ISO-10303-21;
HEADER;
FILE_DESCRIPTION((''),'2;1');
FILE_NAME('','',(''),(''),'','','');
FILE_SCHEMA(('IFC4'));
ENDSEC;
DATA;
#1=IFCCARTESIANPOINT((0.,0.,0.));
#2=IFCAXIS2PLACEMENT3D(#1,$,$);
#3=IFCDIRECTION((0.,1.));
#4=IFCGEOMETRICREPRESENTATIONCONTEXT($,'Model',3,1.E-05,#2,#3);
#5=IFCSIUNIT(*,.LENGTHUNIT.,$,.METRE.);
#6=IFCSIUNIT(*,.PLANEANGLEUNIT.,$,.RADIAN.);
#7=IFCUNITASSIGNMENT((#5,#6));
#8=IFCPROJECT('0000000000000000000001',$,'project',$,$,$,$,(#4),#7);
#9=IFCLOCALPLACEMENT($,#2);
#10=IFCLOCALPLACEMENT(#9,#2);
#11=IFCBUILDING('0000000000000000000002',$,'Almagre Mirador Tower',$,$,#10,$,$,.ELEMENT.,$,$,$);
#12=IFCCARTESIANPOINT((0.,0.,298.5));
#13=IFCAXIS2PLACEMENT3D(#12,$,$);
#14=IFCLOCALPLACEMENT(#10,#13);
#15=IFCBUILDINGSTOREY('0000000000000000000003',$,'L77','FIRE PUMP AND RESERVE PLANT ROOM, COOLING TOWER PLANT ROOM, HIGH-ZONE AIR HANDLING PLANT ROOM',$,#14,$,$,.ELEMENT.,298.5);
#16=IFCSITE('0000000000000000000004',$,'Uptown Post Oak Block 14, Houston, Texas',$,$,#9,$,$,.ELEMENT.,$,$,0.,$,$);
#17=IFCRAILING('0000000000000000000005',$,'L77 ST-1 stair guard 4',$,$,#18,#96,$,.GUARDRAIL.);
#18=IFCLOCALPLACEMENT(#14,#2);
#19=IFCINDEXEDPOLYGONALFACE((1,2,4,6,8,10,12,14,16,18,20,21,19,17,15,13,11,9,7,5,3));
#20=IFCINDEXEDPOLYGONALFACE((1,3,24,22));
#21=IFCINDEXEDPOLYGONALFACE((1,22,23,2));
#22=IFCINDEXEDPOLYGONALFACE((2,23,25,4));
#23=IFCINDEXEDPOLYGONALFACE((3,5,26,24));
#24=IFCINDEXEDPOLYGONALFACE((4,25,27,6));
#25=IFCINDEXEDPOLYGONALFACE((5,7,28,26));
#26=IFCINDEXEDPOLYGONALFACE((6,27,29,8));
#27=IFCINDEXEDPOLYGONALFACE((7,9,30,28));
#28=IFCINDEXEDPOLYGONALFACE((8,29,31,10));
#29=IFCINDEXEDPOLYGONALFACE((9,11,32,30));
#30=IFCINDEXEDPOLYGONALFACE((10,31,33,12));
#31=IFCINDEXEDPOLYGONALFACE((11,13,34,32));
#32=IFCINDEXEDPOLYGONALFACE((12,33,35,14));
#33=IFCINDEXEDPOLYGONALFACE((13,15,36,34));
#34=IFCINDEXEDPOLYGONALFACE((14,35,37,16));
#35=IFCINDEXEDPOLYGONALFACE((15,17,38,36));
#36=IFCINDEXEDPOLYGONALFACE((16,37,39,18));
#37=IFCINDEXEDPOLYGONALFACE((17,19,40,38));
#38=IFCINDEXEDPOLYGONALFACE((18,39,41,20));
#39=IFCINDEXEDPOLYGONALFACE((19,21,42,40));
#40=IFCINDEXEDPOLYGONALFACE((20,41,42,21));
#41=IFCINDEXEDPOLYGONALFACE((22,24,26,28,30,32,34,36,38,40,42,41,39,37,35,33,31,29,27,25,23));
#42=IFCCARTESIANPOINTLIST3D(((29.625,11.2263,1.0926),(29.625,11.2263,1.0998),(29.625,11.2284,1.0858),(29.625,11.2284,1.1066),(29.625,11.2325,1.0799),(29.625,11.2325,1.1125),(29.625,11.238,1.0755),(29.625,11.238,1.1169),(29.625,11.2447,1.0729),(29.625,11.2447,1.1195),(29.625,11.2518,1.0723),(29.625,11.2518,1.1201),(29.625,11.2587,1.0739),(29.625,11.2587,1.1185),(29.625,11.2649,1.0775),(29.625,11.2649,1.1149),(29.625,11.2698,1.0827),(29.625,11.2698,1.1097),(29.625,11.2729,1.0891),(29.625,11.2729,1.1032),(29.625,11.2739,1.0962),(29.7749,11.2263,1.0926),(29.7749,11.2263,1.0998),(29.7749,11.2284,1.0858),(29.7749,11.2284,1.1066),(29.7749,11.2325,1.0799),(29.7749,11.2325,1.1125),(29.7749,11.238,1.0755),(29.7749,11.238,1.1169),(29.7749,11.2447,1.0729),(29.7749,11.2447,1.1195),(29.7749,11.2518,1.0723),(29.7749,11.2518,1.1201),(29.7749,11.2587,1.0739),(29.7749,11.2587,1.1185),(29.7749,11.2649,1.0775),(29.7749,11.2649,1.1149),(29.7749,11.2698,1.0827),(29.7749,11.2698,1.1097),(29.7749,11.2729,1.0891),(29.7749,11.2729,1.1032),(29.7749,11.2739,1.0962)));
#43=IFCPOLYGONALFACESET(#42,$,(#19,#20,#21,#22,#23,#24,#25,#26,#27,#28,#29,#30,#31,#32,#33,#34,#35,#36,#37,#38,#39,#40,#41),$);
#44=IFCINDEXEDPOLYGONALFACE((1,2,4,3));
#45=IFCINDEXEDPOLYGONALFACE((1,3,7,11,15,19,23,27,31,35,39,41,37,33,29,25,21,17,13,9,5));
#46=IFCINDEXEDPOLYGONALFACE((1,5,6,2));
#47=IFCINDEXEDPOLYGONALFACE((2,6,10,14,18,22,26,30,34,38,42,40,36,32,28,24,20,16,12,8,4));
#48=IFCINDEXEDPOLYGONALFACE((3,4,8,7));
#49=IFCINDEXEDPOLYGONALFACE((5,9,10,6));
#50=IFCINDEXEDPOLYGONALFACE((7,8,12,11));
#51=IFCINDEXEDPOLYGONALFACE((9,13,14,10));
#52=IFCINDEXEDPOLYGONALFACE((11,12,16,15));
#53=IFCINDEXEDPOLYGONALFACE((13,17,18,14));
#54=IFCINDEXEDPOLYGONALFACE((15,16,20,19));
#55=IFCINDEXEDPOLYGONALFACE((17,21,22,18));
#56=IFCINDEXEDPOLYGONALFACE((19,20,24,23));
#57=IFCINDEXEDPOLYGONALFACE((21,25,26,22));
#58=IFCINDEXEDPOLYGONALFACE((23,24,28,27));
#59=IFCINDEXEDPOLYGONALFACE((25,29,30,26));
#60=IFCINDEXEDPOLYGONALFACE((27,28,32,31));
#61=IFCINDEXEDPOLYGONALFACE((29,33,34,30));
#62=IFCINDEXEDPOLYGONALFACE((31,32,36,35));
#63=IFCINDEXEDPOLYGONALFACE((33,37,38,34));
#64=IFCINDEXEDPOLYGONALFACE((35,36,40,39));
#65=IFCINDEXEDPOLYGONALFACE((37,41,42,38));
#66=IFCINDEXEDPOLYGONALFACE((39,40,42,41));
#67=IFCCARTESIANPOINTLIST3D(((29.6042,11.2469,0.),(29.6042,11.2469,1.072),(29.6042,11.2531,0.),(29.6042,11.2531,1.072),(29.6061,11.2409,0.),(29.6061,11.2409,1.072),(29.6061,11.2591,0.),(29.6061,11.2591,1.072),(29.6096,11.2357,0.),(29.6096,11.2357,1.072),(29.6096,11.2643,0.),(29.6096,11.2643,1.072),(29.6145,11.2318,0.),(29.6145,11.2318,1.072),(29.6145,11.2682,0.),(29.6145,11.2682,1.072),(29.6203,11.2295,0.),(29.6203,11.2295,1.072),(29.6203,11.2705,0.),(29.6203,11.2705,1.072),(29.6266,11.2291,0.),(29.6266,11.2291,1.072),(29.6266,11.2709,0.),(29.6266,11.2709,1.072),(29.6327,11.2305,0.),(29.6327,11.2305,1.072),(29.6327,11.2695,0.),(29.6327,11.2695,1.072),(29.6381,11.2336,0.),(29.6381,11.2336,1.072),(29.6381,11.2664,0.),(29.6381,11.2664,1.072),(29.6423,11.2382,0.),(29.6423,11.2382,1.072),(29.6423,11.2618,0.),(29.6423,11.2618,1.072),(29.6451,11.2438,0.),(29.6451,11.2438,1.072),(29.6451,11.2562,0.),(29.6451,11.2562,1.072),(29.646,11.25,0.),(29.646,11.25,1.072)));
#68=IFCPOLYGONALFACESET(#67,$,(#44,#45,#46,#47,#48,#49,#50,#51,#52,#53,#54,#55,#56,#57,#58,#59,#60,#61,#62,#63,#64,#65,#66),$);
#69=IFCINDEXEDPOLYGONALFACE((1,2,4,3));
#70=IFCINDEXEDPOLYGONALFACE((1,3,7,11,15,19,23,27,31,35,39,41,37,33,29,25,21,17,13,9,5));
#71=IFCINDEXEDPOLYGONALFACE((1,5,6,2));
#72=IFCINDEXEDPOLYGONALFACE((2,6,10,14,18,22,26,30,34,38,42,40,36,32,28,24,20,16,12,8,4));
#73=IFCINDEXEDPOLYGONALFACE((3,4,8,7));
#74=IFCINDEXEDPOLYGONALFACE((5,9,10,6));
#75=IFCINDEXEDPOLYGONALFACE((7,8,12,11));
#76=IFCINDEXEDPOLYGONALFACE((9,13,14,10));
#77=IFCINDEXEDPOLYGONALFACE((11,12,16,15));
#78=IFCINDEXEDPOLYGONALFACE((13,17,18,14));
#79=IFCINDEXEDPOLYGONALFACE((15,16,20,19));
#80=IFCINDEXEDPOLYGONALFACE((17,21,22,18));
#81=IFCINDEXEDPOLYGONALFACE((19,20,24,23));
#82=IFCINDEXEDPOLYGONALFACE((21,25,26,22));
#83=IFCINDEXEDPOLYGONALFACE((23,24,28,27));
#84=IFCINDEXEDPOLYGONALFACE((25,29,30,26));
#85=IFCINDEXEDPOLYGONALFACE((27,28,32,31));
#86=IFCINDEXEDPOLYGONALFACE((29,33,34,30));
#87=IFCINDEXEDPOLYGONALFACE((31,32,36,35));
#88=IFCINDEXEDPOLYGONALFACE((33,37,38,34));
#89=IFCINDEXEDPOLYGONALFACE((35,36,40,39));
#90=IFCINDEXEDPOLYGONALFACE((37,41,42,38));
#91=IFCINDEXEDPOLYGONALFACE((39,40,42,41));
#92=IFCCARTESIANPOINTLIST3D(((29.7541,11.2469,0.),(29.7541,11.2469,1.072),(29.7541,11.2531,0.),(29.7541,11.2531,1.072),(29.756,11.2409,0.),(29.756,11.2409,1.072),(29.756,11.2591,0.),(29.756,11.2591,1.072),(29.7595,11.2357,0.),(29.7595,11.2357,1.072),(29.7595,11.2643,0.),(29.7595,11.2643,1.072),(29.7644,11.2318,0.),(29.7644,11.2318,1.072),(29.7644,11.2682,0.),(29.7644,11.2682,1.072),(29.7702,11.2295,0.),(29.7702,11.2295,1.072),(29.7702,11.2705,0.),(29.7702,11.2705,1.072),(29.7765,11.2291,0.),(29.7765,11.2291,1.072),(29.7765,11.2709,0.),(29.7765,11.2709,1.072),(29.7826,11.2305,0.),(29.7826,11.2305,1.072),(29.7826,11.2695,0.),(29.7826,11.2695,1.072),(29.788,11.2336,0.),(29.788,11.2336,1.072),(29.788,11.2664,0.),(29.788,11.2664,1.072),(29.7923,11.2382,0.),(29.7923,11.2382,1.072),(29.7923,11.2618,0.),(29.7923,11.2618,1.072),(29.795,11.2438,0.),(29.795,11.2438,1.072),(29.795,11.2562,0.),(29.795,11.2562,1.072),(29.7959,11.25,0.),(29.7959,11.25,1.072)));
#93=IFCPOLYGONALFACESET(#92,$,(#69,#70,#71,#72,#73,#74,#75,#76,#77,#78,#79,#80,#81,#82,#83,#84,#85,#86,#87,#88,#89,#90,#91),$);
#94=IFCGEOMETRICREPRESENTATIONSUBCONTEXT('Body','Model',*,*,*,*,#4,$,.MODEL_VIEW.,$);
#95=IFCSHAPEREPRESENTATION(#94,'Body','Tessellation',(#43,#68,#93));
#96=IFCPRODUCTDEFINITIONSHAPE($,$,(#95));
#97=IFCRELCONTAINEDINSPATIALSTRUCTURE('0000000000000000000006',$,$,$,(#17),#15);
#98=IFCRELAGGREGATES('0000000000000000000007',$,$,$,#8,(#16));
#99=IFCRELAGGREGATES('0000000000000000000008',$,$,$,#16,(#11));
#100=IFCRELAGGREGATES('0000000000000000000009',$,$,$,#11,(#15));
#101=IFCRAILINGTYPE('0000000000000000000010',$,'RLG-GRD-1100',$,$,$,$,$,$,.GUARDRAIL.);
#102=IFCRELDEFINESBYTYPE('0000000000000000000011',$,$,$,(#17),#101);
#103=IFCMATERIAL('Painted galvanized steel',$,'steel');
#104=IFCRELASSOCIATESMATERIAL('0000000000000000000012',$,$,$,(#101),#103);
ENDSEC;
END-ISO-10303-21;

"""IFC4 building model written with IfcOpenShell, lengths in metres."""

from ifc_helpers import new_model, si_unit, direction, frame, origin, origin_2d, place, context, subcontext, project, spatial, circle, extrude, material, type_object, element, save


model = new_model("IFC4")

# Units and contexts
model_context = context("Model", 3, precision=1e-05, world=origin(), true_north=direction((0.0, 1.0)))
body_context = subcontext(model_context, "Body", "Model", "MODEL_VIEW")
ifc_project = project(units=[si_unit("LENGTHUNIT", "METRE"), si_unit("PLANEANGLEUNIT", "RADIAN")], contexts=[model_context])

# Site, building, storey
site_placement = place(None, origin())
site = spatial("IfcSite", under=ifc_project, at=site_placement, Name="Uptown Post Oak Block 14, Houston, Texas", CompositionType="ELEMENT", RefElevation=0.0)
building_placement = place(site_placement, origin())
building = spatial("IfcBuilding", under=site, at=building_placement, Name="Almagre Mirador Tower", CompositionType="ELEMENT")
storey_placement = place(building_placement, frame((0.0, 0.0, 298.5)))
storey = spatial("IfcBuildingStorey", under=building, at=storey_placement, Name="L77", Description="FIRE PUMP AND RESERVE PLANT ROOM, COOLING TOWER PLANT ROOM, HIGH-ZONE AIR HANDLING PLANT ROOM", CompositionType="ELEMENT", Elevation=298.5)

# Railing
ifc_material_1 = material(Name="Painted galvanized steel", Category="steel")
railing_type_1 = type_object("IfcRailingType", Name="RLG-GRD-1100", PredefinedType="GUARDRAIL", material=ifc_material_1)
railing_1_placement = place(storey_placement, frame((29.625, 11.25, 0.0)))
element("IfcRailing", 1, at=railing_1_placement, inside=storey, type_object=railing_type_1, Name="L77 ST-1 stair guard 4", PredefinedType="GUARDRAIL", context=body_context, shape_type="SweptSolid", body=[
    extrude(circle(Radius=0.0239, at=origin_2d()), frame((0.0, 0.0, 1.0962), z_axis=(1.0, 0.0, 0.0), x_axis=(0.0, 1.0, 0.0)), (0.0, 0.0, 1.0), 0.1499),
    extrude(circle(Radius=0.021, at=origin_2d()), origin(), (0.0, 0.0, 1.0), 1.072),
    extrude(circle(Radius=0.021, at=origin_2d()), frame((0.1499, 0.0, 0.0)), (0.0, 0.0, 1.0), 1.072),
])

save(model, "model.ifc")
